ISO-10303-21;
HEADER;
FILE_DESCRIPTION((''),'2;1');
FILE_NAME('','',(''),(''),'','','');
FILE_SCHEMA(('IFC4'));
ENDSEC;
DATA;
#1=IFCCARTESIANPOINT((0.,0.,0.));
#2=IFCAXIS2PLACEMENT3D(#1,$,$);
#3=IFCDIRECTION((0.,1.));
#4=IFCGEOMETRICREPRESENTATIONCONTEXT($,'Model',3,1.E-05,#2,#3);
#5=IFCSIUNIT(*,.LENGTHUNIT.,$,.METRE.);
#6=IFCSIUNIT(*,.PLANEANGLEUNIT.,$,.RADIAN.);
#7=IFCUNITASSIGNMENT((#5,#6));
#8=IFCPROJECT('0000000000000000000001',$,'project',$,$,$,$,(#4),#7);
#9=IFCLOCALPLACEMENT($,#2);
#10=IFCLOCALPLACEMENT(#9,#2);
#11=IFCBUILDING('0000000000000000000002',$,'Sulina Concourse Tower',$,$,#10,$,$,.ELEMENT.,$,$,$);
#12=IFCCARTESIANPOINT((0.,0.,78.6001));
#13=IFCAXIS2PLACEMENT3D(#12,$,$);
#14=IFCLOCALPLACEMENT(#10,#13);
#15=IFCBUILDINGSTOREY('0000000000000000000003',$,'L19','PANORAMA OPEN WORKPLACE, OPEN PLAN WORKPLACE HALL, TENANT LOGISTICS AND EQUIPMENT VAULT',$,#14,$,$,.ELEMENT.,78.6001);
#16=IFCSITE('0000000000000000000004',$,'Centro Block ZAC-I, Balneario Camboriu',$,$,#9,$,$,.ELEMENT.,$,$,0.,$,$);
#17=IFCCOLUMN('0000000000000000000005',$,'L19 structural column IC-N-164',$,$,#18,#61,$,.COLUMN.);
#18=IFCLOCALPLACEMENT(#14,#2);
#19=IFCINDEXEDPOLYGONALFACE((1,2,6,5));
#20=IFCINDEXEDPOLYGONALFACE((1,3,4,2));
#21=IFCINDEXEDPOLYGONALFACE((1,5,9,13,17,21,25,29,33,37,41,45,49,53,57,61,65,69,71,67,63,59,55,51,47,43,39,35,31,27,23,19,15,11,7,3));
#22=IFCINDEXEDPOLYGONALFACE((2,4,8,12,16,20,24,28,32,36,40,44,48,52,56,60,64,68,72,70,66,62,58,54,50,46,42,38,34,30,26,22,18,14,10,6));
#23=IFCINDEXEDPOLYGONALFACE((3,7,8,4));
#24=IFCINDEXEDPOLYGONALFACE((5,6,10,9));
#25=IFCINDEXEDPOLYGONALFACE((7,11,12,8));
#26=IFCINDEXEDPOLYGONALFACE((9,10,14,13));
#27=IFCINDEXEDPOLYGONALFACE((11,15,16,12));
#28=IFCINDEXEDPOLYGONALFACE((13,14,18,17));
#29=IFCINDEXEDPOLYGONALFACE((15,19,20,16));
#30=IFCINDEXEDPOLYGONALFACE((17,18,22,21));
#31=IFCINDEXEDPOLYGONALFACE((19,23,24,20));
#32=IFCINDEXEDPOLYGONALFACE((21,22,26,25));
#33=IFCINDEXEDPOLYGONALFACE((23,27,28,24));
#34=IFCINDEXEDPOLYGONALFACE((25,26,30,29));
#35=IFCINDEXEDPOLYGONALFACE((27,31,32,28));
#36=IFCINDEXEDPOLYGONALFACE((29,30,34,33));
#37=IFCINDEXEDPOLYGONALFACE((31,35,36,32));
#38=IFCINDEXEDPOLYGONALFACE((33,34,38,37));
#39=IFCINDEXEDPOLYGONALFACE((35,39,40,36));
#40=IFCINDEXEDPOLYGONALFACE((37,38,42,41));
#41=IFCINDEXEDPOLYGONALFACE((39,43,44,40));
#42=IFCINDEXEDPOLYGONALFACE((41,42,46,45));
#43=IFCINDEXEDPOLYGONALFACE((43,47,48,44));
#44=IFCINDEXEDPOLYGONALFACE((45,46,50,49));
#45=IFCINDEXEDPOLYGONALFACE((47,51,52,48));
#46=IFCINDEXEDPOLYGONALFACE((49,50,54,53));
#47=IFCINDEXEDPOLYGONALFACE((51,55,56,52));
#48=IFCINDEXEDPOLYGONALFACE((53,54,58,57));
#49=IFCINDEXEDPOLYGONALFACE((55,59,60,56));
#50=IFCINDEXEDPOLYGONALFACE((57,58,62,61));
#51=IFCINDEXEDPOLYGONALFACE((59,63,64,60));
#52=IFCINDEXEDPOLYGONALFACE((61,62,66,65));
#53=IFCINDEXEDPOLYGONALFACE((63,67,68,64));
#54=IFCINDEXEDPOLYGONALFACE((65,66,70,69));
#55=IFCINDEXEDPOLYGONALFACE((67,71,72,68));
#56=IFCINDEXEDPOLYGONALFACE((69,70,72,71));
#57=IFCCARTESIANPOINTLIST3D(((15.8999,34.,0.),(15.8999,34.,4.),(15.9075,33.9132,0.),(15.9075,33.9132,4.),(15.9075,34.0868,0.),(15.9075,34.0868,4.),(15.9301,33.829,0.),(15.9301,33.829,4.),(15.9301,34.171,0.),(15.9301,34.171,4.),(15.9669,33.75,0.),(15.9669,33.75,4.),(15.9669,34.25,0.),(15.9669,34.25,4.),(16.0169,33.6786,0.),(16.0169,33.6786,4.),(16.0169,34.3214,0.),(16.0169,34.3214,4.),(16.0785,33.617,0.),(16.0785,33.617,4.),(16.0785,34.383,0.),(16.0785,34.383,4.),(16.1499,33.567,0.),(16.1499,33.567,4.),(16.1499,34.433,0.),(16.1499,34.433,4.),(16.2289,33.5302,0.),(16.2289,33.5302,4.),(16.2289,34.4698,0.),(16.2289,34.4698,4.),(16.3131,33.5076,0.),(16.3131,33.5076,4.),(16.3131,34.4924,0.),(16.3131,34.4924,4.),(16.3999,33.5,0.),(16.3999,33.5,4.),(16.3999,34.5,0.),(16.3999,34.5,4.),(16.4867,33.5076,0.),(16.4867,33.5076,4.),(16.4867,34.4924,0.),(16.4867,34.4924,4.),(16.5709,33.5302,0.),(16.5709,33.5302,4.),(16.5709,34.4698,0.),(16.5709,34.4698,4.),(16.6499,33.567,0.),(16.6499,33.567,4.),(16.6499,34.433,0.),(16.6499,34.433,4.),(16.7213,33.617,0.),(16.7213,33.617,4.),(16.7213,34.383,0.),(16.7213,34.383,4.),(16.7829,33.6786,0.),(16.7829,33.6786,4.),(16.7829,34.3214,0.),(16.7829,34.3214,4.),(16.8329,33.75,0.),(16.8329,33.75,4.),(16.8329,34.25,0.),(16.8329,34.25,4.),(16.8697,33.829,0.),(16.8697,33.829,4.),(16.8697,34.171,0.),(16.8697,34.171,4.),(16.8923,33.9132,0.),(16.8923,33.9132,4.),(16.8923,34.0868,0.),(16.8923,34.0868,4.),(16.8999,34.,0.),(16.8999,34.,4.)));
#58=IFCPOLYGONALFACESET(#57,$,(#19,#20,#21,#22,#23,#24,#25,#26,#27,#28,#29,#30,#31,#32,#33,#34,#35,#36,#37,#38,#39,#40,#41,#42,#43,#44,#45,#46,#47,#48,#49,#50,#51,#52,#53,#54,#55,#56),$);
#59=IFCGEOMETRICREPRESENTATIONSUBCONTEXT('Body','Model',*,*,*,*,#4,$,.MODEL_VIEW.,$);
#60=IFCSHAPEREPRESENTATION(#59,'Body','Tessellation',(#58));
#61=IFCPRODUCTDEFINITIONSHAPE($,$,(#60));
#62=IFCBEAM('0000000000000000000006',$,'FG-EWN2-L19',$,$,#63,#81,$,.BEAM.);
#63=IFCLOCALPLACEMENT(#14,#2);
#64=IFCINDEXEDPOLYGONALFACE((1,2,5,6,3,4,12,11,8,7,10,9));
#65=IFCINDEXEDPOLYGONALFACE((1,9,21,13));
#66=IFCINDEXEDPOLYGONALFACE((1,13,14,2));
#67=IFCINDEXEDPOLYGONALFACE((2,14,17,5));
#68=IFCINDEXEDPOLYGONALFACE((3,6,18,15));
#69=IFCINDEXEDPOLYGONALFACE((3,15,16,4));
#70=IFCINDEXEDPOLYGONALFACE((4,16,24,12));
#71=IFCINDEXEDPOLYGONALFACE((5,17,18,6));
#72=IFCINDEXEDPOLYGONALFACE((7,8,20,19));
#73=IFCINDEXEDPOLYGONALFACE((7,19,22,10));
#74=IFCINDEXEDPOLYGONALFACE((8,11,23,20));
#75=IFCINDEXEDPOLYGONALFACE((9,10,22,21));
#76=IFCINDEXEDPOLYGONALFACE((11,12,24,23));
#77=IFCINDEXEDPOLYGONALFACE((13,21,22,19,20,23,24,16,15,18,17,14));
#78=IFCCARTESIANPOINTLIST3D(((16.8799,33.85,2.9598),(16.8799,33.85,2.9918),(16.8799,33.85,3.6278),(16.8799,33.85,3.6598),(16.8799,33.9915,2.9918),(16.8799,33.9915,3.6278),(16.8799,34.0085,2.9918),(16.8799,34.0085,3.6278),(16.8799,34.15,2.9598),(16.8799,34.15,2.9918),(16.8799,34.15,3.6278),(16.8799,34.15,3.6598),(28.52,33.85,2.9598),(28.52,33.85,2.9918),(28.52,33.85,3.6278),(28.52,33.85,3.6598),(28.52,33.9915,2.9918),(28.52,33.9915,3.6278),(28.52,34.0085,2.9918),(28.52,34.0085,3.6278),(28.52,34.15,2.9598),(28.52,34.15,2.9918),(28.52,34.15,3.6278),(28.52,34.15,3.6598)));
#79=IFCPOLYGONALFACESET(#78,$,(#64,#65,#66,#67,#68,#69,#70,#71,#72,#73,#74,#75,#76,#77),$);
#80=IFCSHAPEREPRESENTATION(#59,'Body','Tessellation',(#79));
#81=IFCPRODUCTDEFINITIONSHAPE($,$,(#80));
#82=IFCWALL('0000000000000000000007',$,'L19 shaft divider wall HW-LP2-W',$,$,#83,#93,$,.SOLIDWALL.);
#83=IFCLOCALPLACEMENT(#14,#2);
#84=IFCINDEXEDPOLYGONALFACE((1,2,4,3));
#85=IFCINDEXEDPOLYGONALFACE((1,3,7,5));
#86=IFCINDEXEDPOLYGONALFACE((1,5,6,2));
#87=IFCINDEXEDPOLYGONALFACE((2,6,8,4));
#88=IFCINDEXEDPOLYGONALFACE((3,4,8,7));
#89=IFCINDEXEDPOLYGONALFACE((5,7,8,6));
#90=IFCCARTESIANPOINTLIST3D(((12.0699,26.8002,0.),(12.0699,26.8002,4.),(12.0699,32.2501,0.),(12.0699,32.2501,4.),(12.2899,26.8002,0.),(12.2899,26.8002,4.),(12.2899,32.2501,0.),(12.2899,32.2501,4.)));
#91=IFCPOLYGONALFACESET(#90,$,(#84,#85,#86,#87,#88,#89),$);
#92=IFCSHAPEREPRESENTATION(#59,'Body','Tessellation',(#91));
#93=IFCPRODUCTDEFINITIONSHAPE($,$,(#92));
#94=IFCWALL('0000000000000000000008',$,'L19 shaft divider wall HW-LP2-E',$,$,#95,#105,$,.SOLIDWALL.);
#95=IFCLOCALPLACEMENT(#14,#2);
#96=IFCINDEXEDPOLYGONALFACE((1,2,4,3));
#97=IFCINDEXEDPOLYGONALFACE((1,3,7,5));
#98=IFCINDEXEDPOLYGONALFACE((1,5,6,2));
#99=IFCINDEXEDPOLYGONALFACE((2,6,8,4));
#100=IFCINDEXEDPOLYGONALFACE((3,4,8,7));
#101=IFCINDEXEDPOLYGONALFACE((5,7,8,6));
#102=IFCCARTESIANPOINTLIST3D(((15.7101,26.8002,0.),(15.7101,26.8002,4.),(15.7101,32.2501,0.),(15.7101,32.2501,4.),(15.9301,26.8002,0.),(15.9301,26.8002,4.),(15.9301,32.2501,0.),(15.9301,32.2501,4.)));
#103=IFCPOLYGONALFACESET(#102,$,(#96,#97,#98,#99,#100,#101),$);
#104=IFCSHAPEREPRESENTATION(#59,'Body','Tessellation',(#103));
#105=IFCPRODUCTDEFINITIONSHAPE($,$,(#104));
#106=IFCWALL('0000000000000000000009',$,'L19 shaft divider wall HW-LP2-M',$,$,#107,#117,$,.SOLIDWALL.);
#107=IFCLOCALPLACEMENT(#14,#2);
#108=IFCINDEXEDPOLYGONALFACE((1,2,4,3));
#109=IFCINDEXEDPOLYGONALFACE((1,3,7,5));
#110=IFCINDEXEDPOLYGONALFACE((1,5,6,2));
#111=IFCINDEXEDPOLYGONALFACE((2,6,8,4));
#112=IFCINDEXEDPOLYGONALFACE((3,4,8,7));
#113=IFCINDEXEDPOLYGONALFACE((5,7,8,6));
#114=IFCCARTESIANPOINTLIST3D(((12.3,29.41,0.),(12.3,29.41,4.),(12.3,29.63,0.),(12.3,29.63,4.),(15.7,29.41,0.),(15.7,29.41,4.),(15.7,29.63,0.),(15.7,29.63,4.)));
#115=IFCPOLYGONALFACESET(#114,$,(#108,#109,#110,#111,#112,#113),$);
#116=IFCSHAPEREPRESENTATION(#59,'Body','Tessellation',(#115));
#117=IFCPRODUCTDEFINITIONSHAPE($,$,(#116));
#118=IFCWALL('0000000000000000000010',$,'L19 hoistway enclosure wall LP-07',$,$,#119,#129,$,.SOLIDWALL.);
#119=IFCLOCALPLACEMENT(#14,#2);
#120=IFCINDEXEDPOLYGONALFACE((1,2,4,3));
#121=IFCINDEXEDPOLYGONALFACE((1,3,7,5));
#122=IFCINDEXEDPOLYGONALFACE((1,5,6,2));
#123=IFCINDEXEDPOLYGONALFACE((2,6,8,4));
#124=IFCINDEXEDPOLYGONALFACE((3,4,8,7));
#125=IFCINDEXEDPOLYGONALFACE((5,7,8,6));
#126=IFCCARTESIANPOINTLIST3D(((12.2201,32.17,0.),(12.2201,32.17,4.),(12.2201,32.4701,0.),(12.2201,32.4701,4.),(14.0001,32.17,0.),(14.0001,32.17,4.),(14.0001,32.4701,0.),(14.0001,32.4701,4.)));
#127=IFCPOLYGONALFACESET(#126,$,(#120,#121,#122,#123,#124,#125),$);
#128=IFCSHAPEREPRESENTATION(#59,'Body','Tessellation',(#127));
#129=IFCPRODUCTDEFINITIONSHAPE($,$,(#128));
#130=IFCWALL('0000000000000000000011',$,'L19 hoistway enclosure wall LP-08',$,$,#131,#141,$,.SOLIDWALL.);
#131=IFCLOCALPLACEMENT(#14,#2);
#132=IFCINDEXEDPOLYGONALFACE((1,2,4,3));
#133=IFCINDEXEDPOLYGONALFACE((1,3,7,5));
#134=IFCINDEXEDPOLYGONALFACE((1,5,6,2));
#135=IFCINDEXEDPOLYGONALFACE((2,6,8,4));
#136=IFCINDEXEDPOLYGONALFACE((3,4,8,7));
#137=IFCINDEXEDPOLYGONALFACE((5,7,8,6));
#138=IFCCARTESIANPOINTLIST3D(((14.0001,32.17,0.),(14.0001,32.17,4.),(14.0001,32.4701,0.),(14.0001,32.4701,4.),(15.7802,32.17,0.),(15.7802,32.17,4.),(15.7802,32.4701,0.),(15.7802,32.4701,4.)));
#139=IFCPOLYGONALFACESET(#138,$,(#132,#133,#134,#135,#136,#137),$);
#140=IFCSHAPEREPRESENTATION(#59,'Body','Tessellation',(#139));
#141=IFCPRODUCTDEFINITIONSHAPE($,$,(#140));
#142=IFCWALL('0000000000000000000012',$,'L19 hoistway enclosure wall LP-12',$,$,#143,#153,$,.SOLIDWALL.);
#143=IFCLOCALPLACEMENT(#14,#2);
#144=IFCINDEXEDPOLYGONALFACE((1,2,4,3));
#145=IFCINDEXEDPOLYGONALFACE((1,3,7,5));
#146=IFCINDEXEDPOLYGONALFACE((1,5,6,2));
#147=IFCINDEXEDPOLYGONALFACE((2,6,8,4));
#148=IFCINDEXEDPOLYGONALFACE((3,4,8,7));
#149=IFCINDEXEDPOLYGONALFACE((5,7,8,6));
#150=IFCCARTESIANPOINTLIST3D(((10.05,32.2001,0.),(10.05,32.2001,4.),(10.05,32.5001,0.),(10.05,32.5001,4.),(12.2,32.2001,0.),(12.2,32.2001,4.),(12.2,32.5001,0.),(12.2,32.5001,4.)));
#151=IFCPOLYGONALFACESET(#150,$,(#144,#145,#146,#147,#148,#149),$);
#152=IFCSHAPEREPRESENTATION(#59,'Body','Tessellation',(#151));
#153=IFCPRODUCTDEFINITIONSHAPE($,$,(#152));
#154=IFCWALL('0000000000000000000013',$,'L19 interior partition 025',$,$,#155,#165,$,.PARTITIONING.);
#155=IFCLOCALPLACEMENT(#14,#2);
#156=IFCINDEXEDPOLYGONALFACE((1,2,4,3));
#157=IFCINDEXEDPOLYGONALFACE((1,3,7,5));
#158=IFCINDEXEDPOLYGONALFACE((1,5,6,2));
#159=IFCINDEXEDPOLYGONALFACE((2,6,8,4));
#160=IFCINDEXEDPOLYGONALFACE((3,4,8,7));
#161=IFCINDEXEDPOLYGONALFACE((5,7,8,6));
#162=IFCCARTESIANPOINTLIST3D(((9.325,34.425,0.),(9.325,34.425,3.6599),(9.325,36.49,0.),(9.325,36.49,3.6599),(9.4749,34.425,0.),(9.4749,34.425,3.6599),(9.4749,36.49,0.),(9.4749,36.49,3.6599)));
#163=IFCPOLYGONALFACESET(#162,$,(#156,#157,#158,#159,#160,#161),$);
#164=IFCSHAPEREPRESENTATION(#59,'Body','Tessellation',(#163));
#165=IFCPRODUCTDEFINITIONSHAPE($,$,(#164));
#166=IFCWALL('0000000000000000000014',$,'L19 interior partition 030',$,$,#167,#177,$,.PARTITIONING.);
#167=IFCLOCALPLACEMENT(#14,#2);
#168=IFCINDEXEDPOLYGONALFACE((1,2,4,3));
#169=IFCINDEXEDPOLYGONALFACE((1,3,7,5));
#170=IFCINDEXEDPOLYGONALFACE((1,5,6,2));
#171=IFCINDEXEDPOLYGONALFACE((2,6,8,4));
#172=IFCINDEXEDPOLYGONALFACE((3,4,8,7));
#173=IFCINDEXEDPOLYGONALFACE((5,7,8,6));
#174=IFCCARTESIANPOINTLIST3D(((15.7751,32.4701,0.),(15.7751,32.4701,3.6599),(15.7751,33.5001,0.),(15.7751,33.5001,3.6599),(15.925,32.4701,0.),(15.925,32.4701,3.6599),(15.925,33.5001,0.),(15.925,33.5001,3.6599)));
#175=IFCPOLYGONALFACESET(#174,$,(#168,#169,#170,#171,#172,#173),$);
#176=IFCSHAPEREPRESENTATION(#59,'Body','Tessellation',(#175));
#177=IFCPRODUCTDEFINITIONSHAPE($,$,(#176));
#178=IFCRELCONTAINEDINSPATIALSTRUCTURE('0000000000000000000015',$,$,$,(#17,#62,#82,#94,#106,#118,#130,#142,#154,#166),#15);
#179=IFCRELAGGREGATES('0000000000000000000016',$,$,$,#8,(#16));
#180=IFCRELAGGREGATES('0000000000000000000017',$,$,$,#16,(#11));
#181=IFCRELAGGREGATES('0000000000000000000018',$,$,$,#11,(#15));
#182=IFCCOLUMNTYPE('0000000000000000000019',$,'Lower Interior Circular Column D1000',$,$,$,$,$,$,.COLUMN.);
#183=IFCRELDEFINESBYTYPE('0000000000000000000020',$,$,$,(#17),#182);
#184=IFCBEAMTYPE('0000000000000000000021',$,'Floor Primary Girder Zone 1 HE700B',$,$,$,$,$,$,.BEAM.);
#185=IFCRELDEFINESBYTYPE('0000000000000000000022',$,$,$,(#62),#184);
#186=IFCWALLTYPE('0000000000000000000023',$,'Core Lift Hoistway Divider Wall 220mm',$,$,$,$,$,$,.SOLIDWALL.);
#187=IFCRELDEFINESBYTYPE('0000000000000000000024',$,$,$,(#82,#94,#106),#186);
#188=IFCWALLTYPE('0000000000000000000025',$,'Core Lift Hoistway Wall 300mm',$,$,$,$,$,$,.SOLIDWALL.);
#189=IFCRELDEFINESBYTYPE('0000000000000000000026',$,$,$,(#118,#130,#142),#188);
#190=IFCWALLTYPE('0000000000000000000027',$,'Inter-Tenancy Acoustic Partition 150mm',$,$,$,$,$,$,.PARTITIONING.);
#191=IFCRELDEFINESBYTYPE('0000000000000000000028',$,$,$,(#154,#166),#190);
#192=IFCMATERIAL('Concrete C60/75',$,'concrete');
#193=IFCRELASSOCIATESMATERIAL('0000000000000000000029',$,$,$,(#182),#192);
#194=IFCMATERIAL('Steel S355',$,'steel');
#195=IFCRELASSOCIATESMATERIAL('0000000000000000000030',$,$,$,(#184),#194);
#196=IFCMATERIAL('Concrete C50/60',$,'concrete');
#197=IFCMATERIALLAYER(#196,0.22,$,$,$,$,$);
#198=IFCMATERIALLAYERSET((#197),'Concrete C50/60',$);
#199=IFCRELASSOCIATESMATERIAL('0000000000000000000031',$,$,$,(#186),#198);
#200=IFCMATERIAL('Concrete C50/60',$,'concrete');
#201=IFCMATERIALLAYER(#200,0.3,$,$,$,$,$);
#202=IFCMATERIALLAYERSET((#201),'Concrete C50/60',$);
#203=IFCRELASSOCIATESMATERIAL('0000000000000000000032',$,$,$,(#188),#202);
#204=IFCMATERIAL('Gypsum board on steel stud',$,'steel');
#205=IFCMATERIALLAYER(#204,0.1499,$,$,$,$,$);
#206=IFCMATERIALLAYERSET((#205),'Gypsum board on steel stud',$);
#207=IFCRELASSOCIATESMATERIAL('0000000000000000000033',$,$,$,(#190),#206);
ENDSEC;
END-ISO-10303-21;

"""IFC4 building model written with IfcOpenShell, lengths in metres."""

from ifc_helpers import new_model, si_unit, direction, frame, frame_2d, origin, origin_2d, place, context, subcontext, project, spatial, rectangle, circle, i_section, extrude, material, layer, layer_set, material_profile, profile_set, type_object, element, save


model = new_model("IFC4")

# Units and contexts
model_context = context("Model", 3, precision=1e-05, world=origin(), true_north=direction((0.0, 1.0)))
body_context = subcontext(model_context, "Body", "Model", "MODEL_VIEW")
ifc_project = project(units=[si_unit("LENGTHUNIT", "METRE"), si_unit("PLANEANGLEUNIT", "RADIAN")], contexts=[model_context])

# Site, building, storey
site_placement = place(None, origin())
site = spatial("IfcSite", under=ifc_project, at=site_placement, Name="Centro Block ZAC-I, Balneario Camboriu", CompositionType="ELEMENT", RefElevation=0.0)
building_placement = place(site_placement, origin())
building = spatial("IfcBuilding", under=site, at=building_placement, Name="Sulina Concourse Tower", CompositionType="ELEMENT")
storey_placement = place(building_placement, frame((0.0, 0.0, 78.6001)))
storey = spatial("IfcBuildingStorey", under=building, at=storey_placement, Name="L19", Description="PANORAMA OPEN WORKPLACE, OPEN PLAN WORKPLACE HALL, TENANT LOGISTICS AND EQUIPMENT VAULT", CompositionType="ELEMENT", Elevation=78.6001)

# Column
ifc_material_1 = material(Name="Concrete C60/75", Category="concrete")
ifc_material_profile_1 = material_profile(ifc_material_1, circle(Radius=0.5, at=origin_2d()), Name="RC D1000")
ifc_profile_set_1 = profile_set([ifc_material_profile_1], Name="Concrete C60/75")
column_type = type_object("IfcColumnType", Name="Lower Interior Circular Column D1000", PredefinedType="COLUMN", material=ifc_profile_set_1)
column_placement = place(storey_placement, frame((16.3999, 34.0, 0.0), z_axis=(0.0, 0.0, 1.0), x_axis=(1.0, 0.0, 0.0)))
element("IfcColumn", 1, at=column_placement, inside=storey, type_object=column_type, Name="L19 structural column IC-N-164", PredefinedType="COLUMN", context=body_context, shape_type="SweptSolid", body=[
    extrude(circle(Radius=0.5, at=origin_2d()), origin(), (0.0, 0.0, 1.0), 4.0),
])

# Beam
ifc_material_2 = material(Name="Steel S355", Category="steel")
ifc_material_profile_2 = material_profile(ifc_material_2, i_section(OverallWidth=0.3, OverallDepth=0.7, WebThickness=0.0171, FlangeThickness=0.032, at=origin_2d()), Name="HE 700 B")
ifc_profile_set_2 = profile_set([ifc_material_profile_2], Name="Steel S355")
beam_type = type_object("IfcBeamType", Name="Floor Primary Girder Zone 1 HE700B", PredefinedType="BEAM", material=ifc_profile_set_2)
beam_placement = place(storey_placement, frame((16.8799, 34.0, 3.3098), z_axis=(1.0, 0.0, 0.0), x_axis=(0.0, 1.0, 0.0)))
element("IfcBeam", 2, at=beam_placement, inside=storey, type_object=beam_type, Name="FG-EWN2-L19", PredefinedType="BEAM", context=body_context, shape_type="SweptSolid", body=[
    extrude(i_section(OverallWidth=0.3, OverallDepth=0.7, WebThickness=0.0171, FlangeThickness=0.032, at=origin_2d()), origin(), (0.0, 0.0, 1.0), 11.6401),
])

# Walls
ifc_material_3 = material(Name="Concrete C50/60", Category="concrete")
ifc_layer_1 = layer(ifc_material_3, 0.22)
ifc_layer_set_1 = layer_set([ifc_layer_1], Name="Concrete C50/60")
wall_type_1 = type_object("IfcWallType", Name="Core Lift Hoistway Divider Wall 220mm", PredefinedType="SOLIDWALL", material=ifc_layer_set_1)
for number, where, z_axis, x_axis, name in (
    (3, (12.1799, 26.8, 0.0), (0.0, 0.0, 1.0), (0.0, 1.0, 0.0), "L19 shaft divider wall HW-LP2-W"),
    (4, (15.8201, 26.8, 0.0), (0.0, 0.0, 1.0), (0.0, 1.0, 0.0), "L19 shaft divider wall HW-LP2-E"),
):
    element("IfcWall", number, at=place(storey_placement, frame(where, z_axis=z_axis, x_axis=x_axis)), inside=storey, type_object=wall_type_1, Name=name, PredefinedType="SOLIDWALL", context=body_context, shape_type="SweptSolid", body=[
        extrude(rectangle(XDim=5.45, YDim=0.22, at=frame_2d((2.7251, 0.0))), origin(), (0.0, 0.0, 1.0), 4.0),
    ])
wall_1_placement = place(storey_placement, frame((12.3, 29.52, 0.0), z_axis=(0.0, 0.0, 1.0), x_axis=(1.0, 0.0, 0.0)))
element("IfcWall", 5, at=wall_1_placement, inside=storey, type_object=wall_type_1, Name="L19 shaft divider wall HW-LP2-M", PredefinedType="SOLIDWALL", context=body_context, shape_type="SweptSolid", body=[
    extrude(rectangle(XDim=3.3999, YDim=0.22, at=frame_2d((1.7, 0.0))), origin(), (0.0, 0.0, 1.0), 4.0),
])
ifc_material_4 = material(Name="Concrete C50/60", Category="concrete")
ifc_layer_2 = layer(ifc_material_4, 0.3)
ifc_layer_set_2 = layer_set([ifc_layer_2], Name="Concrete C50/60")
wall_type_2 = type_object("IfcWallType", Name="Core Lift Hoistway Wall 300mm", PredefinedType="SOLIDWALL", material=ifc_layer_set_2)
for number, where, z_axis, x_axis, name in (
    (6, (12.22, 32.3201, 0.0), (0.0, 0.0, 1.0), (1.0, 0.0, 0.0), "L19 hoistway enclosure wall LP-07"),
    (7, (14.0, 32.3201, 0.0), (0.0, 0.0, 1.0), (1.0, 0.0, 0.0), "L19 hoistway enclosure wall LP-08"),
):
    element("IfcWall", number, at=place(storey_placement, frame(where, z_axis=z_axis, x_axis=x_axis)), inside=storey, type_object=wall_type_2, Name=name, PredefinedType="SOLIDWALL", context=body_context, shape_type="SweptSolid", body=[
        extrude(rectangle(XDim=1.78, YDim=0.3, at=frame_2d((0.8901, 0.0))), origin(), (0.0, 0.0, 1.0), 4.0),
    ])
wall_2_placement = place(storey_placement, frame((10.05, 32.3501, 0.0), z_axis=(0.0, 0.0, 1.0), x_axis=(1.0, 0.0, 0.0)))
element("IfcWall", 8, at=wall_2_placement, inside=storey, type_object=wall_type_2, Name="L19 hoistway enclosure wall LP-12", PredefinedType="SOLIDWALL", context=body_context, shape_type="SweptSolid", body=[
    extrude(rectangle(XDim=2.1499, YDim=0.3, at=frame_2d((1.075, 0.0))), origin(), (0.0, 0.0, 1.0), 4.0),
])
ifc_material_5 = material(Name="Gypsum board on steel stud", Category="steel")
ifc_layer_3 = layer(ifc_material_5, 0.1499)
ifc_layer_set_3 = layer_set([ifc_layer_3], Name="Gypsum board on steel stud")
wall_type_3 = type_object("IfcWallType", Name="Inter-Tenancy Acoustic Partition 150mm", PredefinedType="PARTITIONING", material=ifc_layer_set_3)
wall_3_placement = place(storey_placement, frame((9.3999, 34.425, 0.0), z_axis=(0.0, 0.0, 1.0), x_axis=(0.0, 1.0, 0.0)))
element("IfcWall", 9, at=wall_3_placement, inside=storey, type_object=wall_type_3, Name="L19 interior partition 025", PredefinedType="PARTITIONING", context=body_context, shape_type="SweptSolid", body=[
    extrude(rectangle(XDim=2.0649, YDim=0.1499, at=frame_2d((1.0325, 0.0))), origin(), (0.0, 0.0, 1.0), 3.6599),
])
wall_4_placement = place(storey_placement, frame((15.8501, 32.47, 0.0), z_axis=(0.0, 0.0, 1.0), x_axis=(0.0, 1.0, 0.0)))
element("IfcWall", 10, at=wall_4_placement, inside=storey, type_object=wall_type_3, Name="L19 interior partition 030", PredefinedType="PARTITIONING", context=body_context, shape_type="SweptSolid", body=[
    extrude(rectangle(XDim=1.03, YDim=0.1499, at=frame_2d((0.5151, 0.0))), origin(), (0.0, 0.0, 1.0), 3.6599),
])

save(model, "model.ifc")
